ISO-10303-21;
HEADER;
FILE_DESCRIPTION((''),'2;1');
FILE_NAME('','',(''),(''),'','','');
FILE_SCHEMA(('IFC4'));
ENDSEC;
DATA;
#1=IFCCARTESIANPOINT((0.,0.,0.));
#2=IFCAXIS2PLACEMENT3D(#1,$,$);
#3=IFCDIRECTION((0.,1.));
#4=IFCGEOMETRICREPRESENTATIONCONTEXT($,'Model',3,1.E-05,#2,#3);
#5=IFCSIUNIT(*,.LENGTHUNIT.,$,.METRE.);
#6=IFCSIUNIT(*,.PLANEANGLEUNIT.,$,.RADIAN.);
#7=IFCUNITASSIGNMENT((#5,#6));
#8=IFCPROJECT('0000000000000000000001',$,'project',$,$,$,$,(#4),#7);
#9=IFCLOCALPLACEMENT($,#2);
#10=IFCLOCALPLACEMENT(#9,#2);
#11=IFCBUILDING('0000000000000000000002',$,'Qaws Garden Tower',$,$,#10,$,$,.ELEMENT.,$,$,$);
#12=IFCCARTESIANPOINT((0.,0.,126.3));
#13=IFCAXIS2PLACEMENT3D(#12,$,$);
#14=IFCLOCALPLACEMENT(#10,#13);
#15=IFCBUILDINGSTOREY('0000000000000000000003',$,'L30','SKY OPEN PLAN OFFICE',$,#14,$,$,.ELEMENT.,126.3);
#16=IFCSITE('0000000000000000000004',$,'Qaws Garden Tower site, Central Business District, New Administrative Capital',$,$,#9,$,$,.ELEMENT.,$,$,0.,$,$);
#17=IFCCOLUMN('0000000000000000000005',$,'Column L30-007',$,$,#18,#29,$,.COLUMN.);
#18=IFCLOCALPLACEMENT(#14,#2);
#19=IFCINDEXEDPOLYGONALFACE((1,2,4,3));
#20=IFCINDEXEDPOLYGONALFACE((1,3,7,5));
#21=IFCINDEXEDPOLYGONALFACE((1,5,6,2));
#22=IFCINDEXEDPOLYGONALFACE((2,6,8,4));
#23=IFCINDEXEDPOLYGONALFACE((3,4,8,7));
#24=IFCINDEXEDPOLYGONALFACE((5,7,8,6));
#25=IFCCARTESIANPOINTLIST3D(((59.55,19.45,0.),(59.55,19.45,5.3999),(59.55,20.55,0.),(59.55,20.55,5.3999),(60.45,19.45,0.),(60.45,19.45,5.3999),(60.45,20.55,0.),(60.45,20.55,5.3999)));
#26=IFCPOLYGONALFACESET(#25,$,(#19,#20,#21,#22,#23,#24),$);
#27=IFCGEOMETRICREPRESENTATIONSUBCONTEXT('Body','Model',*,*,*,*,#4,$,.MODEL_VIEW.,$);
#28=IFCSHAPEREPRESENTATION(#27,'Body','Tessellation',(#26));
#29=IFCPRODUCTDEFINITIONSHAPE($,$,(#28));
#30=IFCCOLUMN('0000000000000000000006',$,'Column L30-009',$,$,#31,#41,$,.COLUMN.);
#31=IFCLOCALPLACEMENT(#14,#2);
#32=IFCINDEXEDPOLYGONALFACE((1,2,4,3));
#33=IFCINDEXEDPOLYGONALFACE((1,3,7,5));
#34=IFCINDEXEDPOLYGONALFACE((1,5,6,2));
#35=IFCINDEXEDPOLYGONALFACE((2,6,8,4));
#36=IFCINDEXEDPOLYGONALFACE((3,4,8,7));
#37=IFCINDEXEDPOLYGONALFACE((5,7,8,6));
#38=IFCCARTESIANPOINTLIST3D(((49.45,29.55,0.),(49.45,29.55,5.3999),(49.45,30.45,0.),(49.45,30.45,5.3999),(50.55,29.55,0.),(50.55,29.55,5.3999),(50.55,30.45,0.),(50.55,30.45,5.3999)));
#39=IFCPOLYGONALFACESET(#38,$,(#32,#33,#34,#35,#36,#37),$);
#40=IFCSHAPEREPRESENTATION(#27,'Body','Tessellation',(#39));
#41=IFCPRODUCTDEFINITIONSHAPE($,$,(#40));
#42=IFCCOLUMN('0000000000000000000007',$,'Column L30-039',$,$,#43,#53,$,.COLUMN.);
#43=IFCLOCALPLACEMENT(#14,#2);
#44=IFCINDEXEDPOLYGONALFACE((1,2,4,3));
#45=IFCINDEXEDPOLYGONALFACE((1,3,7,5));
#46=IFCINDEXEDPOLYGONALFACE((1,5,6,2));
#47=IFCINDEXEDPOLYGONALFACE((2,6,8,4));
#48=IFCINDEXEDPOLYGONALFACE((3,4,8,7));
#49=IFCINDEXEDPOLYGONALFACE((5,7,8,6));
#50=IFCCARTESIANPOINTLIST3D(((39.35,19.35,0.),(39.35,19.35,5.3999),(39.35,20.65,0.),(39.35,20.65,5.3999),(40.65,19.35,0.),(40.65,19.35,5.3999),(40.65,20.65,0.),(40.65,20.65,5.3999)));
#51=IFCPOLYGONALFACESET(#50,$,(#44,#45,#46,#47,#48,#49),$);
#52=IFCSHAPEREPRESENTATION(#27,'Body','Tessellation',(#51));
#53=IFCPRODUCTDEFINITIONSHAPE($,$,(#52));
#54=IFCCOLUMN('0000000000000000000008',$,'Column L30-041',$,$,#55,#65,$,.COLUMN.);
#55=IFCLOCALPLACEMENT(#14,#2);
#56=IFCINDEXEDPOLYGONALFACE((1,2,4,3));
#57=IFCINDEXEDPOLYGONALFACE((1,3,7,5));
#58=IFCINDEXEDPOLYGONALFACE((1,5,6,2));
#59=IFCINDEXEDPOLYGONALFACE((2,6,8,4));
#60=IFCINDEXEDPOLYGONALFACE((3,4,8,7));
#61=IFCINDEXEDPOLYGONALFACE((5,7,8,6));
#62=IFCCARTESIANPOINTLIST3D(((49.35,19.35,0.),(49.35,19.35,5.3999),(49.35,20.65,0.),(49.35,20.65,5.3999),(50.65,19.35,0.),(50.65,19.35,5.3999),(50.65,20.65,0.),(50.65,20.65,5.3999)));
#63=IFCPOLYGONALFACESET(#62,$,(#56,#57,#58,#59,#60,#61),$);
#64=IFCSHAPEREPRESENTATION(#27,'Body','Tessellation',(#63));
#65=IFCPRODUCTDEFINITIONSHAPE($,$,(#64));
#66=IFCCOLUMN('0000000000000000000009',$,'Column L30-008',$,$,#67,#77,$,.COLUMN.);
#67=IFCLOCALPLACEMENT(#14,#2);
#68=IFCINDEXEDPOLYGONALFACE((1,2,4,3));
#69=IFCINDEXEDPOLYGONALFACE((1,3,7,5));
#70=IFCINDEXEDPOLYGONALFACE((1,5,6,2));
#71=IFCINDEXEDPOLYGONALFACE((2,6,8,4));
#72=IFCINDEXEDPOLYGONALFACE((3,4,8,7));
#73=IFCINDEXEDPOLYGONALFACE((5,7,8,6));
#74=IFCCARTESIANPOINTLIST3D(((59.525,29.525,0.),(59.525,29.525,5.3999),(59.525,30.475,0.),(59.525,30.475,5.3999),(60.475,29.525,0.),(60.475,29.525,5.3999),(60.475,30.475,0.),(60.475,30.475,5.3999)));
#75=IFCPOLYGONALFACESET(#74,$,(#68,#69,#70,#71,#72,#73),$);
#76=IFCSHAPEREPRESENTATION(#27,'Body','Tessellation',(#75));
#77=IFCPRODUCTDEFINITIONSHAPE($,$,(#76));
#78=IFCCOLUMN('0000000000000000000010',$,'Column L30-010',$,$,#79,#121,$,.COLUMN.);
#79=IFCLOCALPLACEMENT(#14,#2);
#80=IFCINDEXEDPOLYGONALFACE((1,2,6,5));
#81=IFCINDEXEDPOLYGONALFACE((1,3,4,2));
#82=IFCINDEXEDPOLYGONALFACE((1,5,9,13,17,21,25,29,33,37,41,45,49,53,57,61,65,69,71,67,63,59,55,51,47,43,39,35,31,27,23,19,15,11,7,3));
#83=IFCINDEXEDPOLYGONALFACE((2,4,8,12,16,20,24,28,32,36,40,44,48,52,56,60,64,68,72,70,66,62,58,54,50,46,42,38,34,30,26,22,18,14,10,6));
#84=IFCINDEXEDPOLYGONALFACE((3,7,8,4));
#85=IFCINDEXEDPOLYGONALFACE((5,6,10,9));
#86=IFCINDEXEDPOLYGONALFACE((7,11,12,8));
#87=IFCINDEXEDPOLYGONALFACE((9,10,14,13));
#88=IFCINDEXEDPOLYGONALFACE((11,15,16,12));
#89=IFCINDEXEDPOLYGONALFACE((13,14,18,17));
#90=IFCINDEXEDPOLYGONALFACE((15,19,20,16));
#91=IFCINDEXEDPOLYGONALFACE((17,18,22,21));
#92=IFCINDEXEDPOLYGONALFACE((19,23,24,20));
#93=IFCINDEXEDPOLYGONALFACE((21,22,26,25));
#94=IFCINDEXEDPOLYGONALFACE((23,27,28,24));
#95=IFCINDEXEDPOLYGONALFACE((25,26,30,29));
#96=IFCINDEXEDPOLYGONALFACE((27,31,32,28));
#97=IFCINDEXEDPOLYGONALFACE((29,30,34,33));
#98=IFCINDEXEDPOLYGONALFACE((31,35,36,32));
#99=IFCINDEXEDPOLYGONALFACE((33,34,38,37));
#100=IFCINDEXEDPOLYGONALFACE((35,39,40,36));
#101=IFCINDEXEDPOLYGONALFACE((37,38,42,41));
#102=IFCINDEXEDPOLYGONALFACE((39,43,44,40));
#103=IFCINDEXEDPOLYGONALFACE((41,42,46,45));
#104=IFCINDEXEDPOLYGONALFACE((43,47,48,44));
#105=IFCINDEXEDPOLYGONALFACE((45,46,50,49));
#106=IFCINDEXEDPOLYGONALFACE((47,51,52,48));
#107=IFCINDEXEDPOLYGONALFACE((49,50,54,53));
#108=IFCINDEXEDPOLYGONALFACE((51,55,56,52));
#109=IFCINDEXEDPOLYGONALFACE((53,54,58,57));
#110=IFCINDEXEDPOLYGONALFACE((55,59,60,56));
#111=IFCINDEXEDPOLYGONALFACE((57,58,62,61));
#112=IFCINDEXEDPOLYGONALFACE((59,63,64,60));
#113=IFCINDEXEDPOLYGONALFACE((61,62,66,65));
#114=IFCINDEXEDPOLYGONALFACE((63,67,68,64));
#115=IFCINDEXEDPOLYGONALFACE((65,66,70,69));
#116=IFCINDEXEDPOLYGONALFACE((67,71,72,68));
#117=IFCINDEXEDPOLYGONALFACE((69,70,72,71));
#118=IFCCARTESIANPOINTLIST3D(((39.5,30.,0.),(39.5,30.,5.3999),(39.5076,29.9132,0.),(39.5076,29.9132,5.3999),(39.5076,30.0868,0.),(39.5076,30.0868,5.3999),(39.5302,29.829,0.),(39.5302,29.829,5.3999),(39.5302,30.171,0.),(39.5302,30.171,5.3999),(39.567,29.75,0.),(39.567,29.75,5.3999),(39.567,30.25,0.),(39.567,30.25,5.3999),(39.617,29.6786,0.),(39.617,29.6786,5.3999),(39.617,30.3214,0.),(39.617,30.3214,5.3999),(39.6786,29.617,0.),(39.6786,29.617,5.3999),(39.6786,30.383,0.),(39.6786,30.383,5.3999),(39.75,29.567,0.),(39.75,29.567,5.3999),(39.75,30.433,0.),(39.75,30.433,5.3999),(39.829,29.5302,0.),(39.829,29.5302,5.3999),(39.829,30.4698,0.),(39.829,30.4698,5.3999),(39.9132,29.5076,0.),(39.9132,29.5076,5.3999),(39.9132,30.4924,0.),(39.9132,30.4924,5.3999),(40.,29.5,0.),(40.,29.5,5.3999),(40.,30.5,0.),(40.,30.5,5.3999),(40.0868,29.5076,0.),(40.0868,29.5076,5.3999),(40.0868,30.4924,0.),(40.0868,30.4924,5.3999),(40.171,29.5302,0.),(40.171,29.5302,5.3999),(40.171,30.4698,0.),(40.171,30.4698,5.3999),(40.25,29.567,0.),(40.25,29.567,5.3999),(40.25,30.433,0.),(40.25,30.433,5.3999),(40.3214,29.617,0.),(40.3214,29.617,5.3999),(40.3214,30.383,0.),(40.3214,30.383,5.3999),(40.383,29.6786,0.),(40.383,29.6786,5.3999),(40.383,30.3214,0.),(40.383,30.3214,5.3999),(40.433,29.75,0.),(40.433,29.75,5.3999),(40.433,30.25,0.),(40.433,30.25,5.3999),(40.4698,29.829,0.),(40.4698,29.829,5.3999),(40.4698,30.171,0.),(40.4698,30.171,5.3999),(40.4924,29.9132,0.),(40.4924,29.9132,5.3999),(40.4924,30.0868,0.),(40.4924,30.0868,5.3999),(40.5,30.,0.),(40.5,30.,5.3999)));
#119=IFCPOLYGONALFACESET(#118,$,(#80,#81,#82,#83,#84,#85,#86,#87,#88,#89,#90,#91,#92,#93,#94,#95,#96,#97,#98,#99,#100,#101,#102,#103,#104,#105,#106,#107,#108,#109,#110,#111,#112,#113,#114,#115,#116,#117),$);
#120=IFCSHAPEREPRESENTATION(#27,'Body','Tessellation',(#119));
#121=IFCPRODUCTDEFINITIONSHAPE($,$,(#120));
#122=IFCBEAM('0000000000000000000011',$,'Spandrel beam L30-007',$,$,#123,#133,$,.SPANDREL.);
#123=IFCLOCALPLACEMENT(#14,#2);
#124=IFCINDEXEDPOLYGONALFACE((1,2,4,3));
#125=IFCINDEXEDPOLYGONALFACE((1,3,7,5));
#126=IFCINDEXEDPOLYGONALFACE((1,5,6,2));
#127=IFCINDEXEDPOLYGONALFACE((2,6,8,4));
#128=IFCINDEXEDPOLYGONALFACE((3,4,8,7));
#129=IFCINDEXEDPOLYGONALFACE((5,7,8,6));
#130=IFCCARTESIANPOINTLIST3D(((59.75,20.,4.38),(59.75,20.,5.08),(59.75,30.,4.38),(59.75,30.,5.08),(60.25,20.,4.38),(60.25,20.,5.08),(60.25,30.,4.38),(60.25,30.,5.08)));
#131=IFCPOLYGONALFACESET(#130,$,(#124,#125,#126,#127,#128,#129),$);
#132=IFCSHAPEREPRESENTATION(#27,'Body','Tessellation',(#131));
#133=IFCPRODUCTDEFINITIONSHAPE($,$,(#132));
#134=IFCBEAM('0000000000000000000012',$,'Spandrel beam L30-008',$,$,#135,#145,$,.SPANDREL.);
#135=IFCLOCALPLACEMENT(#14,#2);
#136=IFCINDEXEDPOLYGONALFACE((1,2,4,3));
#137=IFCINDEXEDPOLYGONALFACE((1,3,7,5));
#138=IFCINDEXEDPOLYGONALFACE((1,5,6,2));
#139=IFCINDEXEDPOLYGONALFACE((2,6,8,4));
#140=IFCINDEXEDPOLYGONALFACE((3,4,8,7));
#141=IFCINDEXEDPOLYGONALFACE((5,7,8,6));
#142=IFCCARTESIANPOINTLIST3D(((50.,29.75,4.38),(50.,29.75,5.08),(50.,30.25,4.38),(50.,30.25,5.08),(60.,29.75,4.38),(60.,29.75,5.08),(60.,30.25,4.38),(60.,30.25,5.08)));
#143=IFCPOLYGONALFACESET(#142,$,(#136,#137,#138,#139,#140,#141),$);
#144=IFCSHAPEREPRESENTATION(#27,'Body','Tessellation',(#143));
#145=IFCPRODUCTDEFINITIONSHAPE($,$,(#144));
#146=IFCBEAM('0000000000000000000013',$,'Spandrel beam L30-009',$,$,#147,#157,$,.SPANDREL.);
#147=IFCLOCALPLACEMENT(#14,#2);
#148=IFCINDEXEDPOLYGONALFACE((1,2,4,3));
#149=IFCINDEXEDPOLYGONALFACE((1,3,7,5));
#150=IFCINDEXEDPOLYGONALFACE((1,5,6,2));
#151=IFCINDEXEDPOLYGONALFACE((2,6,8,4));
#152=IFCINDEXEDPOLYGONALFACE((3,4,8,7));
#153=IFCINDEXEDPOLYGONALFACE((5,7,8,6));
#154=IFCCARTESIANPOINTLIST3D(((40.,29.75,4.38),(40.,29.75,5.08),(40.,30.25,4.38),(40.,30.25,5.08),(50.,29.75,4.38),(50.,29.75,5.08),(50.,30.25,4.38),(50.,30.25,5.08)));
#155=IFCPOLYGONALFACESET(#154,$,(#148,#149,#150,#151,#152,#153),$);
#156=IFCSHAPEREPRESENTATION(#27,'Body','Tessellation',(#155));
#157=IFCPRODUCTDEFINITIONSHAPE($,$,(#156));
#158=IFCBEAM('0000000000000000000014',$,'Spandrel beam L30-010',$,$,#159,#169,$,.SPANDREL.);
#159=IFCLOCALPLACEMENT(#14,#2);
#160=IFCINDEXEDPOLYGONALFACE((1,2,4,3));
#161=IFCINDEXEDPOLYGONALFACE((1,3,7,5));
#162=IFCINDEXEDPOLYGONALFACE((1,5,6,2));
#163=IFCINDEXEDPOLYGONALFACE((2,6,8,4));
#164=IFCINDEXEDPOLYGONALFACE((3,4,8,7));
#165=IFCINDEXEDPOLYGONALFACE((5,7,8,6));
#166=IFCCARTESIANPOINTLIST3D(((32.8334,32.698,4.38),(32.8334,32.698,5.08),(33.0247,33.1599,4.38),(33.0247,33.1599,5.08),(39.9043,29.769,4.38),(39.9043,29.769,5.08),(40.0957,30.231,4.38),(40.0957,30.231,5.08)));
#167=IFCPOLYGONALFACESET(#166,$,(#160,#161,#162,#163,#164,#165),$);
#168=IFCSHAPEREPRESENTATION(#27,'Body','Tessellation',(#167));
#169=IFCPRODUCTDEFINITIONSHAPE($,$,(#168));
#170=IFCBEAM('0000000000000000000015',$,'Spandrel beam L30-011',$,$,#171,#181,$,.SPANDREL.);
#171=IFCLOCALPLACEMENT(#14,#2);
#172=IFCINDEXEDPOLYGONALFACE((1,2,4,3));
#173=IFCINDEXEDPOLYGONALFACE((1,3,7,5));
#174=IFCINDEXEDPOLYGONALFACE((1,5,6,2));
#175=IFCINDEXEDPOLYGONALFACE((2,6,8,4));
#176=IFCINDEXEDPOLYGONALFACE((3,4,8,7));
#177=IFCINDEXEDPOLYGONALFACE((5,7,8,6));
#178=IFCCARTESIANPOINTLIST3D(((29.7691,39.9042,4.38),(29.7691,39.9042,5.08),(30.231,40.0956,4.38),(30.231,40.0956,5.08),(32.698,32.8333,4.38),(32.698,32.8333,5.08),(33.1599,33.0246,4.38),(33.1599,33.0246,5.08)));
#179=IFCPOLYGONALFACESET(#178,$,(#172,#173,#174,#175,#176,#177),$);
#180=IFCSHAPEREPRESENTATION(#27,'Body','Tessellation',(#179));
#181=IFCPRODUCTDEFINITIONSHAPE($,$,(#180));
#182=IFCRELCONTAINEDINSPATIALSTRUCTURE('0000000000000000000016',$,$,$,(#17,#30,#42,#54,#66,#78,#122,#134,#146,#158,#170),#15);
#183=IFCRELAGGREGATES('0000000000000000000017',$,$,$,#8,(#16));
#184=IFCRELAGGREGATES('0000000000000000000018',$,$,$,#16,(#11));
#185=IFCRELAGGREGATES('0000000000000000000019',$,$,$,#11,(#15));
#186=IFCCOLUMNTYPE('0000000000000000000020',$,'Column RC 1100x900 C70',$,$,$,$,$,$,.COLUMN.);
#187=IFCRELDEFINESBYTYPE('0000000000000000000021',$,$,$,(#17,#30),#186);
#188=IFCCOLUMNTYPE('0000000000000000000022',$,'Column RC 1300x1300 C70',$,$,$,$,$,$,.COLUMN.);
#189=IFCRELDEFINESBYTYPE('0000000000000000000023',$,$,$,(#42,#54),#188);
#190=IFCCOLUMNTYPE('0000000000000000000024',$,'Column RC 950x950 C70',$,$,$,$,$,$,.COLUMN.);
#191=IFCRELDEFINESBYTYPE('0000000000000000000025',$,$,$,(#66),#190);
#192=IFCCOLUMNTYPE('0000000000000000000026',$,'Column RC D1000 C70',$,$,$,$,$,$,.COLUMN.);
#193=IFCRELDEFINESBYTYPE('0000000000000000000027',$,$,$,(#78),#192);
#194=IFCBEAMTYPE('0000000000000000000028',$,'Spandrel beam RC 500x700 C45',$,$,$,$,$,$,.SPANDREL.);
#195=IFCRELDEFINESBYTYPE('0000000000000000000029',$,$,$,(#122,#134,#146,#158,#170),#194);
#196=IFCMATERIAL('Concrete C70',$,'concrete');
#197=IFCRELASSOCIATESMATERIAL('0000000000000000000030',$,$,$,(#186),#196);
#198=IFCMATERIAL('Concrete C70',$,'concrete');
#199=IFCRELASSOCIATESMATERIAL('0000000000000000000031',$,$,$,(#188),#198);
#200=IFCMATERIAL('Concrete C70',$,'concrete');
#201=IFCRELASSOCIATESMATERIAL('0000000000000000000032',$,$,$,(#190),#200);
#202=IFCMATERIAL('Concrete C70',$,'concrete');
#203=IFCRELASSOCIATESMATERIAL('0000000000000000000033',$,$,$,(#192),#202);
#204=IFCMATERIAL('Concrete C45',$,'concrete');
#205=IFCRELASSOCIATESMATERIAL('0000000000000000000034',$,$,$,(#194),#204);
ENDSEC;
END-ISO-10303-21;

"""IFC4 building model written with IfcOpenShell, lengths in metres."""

from ifc_helpers import new_model, si_unit, direction, frame, origin, origin_2d, place, context, subcontext, project, spatial, rectangle, circle, extrude, material, material_profile, profile_set, type_object, element, save


model = new_model("IFC4")

# Units and contexts
model_context = context("Model", 3, precision=1e-05, world=origin(), true_north=direction((0.0, 1.0)))
body_context = subcontext(model_context, "Body", "Model", "MODEL_VIEW")
ifc_project = project(units=[si_unit("LENGTHUNIT", "METRE"), si_unit("PLANEANGLEUNIT", "RADIAN")], contexts=[model_context])

# Site, building, storey
site_placement = place(None, origin())
site = spatial("IfcSite", under=ifc_project, at=site_placement, Name="Qaws Garden Tower site, Central Business District, New Administrative Capital", CompositionType="ELEMENT", RefElevation=0.0)
building_placement = place(site_placement, origin())
building = spatial("IfcBuilding", under=site, at=building_placement, Name="Qaws Garden Tower", CompositionType="ELEMENT")
storey_placement = place(building_placement, frame((0.0, 0.0, 126.3)))
storey = spatial("IfcBuildingStorey", under=building, at=storey_placement, Name="L30", Description="SKY OPEN PLAN OFFICE", CompositionType="ELEMENT", Elevation=126.3)

# Columns
ifc_material_1 = material(Name="Concrete C70", Category="concrete")
ifc_material_profile_1 = material_profile(ifc_material_1, rectangle(XDim=1.1001, YDim=0.8999, at=origin_2d()), Name="RC 1100x900")
ifc_profile_set_1 = profile_set([ifc_material_profile_1], Name="Concrete C70")
column_type_1 = type_object("IfcColumnType", Name="Column RC 1100x900 C70", PredefinedType="COLUMN", material=ifc_profile_set_1)
for number, where, z_axis, x_axis, name in (
    (1, (60.0, 20.0, 0.0), (0.0, 0.0, 1.0), (0.0, 1.0, 0.0), "Column L30-007"),
    (2, (50.0, 30.0, 0.0), (0.0, 0.0, 1.0), (1.0, 0.0, 0.0), "Column L30-009"),
):
    element("IfcColumn", number, at=place(storey_placement, frame(where, z_axis=z_axis, x_axis=x_axis)), inside=storey, type_object=column_type_1, Name=name, PredefinedType="COLUMN", context=body_context, shape_type="SweptSolid", body=[
        extrude(rectangle(XDim=1.1001, YDim=0.8999, at=origin_2d()), origin(), (0.0, 0.0, 1.0), 5.3999),
    ])
ifc_material_2 = material(Name="Concrete C70", Category="concrete")
ifc_material_profile_2 = material_profile(ifc_material_2, rectangle(XDim=1.3, YDim=1.3, at=origin_2d()), Name="RC 1300x1300")
ifc_profile_set_2 = profile_set([ifc_material_profile_2], Name="Concrete C70")
column_type_2 = type_object("IfcColumnType", Name="Column RC 1300x1300 C70", PredefinedType="COLUMN", material=ifc_profile_set_2)
for number, where, z_axis, x_axis, name in (
    (3, (40.0, 20.0, 0.0), (0.0, 0.0, 1.0), (1.0, 0.0, 0.0), "Column L30-039"),
    (4, (50.0, 20.0, 0.0), (0.0, 0.0, 1.0), (1.0, 0.0, 0.0), "Column L30-041"),
):
    element("IfcColumn", number, at=place(storey_placement, frame(where, z_axis=z_axis, x_axis=x_axis)), inside=storey, type_object=column_type_2, Name=name, PredefinedType="COLUMN", context=body_context, shape_type="SweptSolid", body=[
        extrude(rectangle(XDim=1.3, YDim=1.3, at=origin_2d()), origin(), (0.0, 0.0, 1.0), 5.3999),
    ])
ifc_material_3 = material(Name="Concrete C70", Category="concrete")
ifc_material_profile_3 = material_profile(ifc_material_3, rectangle(XDim=0.95, YDim=0.95, at=origin_2d()), Name="RC 950x950")
ifc_profile_set_3 = profile_set([ifc_material_profile_3], Name="Concrete C70")
column_type_3 = type_object("IfcColumnType", Name="Column RC 950x950 C70", PredefinedType="COLUMN", material=ifc_profile_set_3)
column_1_placement = place(storey_placement, frame((60.0, 30.0, 0.0), z_axis=(0.0, 0.0, 1.0), x_axis=(1.0, 0.0, 0.0)))
element("IfcColumn", 5, at=column_1_placement, inside=storey, type_object=column_type_3, Name="Column L30-008", PredefinedType="COLUMN", context=body_context, shape_type="SweptSolid", body=[
    extrude(rectangle(XDim=0.95, YDim=0.95, at=origin_2d()), origin(), (0.0, 0.0, 1.0), 5.3999),
])
ifc_material_4 = material(Name="Concrete C70", Category="concrete")
ifc_material_profile_4 = material_profile(ifc_material_4, circle(Radius=0.5, at=origin_2d()), Name="RC D1000")
ifc_profile_set_4 = profile_set([ifc_material_profile_4], Name="Concrete C70")
column_type_4 = type_object("IfcColumnType", Name="Column RC D1000 C70", PredefinedType="COLUMN", material=ifc_profile_set_4)
column_2_placement = place(storey_placement, frame((40.0, 30.0, 0.0), z_axis=(0.0, 0.0, 1.0), x_axis=(1.0, 0.0, 0.0)))
element("IfcColumn", 6, at=column_2_placement, inside=storey, type_object=column_type_4, Name="Column L30-010", PredefinedType="COLUMN", context=body_context, shape_type="SweptSolid", body=[
    extrude(circle(Radius=0.5, at=origin_2d()), origin(), (0.0, 0.0, 1.0), 5.3999),
])

# Beams
ifc_material_5 = material(Name="Concrete C45", Category="concrete")
ifc_material_profile_5 = material_profile(ifc_material_5, rectangle(XDim=0.5, YDim=0.7, at=origin_2d()), Name="RC 500x700")
ifc_profile_set_5 = profile_set([ifc_material_profile_5], Name="Concrete C45")
beam_type = type_object("IfcBeamType", Name="Spandrel beam RC 500x700 C45", PredefinedType="SPANDREL", material=ifc_profile_set_5)
for number, where, z_axis, x_axis, name in (
    (7, (60.0, 20.0, 4.73), (0.0, 1.0, 0.0), (-1.0, 0.0, 0.0), "Spandrel beam L30-007"),
    (8, (60.0, 30.0, 4.73), (-1.0, 0.0, 0.0), (0.0, -1.0, 0.0), "Spandrel beam L30-008"),
    (9, (50.0, 30.0, 4.73), (-1.0, 0.0, 0.0), (0.0, -1.0, 0.0), "Spandrel beam L30-009"),
):
    element("IfcBeam", number, at=place(storey_placement, frame(where, z_axis=z_axis, x_axis=x_axis)), inside=storey, type_object=beam_type, Name=name, PredefinedType="SPANDREL", context=body_context, shape_type="SweptSolid", body=[
        extrude(rectangle(XDim=0.5, YDim=0.7, at=origin_2d()), origin(), (0.0, 0.0, 1.0), 10.0),
    ])
for number, where, z_axis, x_axis, name in (
    (10, (40.0, 30.0, 4.73), (-0.923878, 0.382687, 0.0), (-0.382687, -0.923878, 0.0), "Spandrel beam L30-010"),
    (11, (32.929, 32.929, 4.73), (-0.382687, 0.923878, 0.0), (-0.923878, -0.382687, 0.0), "Spandrel beam L30-011"),
):
    element("IfcBeam", number, at=place(storey_placement, frame(where, z_axis=z_axis, x_axis=x_axis)), inside=storey, type_object=beam_type, Name=name, PredefinedType="SPANDREL", context=body_context, shape_type="SweptSolid", body=[
        extrude(rectangle(XDim=0.5, YDim=0.7, at=origin_2d()), origin(), (0.0, 0.0, 1.0), 7.6536),
    ])

save(model, "model.ifc")
